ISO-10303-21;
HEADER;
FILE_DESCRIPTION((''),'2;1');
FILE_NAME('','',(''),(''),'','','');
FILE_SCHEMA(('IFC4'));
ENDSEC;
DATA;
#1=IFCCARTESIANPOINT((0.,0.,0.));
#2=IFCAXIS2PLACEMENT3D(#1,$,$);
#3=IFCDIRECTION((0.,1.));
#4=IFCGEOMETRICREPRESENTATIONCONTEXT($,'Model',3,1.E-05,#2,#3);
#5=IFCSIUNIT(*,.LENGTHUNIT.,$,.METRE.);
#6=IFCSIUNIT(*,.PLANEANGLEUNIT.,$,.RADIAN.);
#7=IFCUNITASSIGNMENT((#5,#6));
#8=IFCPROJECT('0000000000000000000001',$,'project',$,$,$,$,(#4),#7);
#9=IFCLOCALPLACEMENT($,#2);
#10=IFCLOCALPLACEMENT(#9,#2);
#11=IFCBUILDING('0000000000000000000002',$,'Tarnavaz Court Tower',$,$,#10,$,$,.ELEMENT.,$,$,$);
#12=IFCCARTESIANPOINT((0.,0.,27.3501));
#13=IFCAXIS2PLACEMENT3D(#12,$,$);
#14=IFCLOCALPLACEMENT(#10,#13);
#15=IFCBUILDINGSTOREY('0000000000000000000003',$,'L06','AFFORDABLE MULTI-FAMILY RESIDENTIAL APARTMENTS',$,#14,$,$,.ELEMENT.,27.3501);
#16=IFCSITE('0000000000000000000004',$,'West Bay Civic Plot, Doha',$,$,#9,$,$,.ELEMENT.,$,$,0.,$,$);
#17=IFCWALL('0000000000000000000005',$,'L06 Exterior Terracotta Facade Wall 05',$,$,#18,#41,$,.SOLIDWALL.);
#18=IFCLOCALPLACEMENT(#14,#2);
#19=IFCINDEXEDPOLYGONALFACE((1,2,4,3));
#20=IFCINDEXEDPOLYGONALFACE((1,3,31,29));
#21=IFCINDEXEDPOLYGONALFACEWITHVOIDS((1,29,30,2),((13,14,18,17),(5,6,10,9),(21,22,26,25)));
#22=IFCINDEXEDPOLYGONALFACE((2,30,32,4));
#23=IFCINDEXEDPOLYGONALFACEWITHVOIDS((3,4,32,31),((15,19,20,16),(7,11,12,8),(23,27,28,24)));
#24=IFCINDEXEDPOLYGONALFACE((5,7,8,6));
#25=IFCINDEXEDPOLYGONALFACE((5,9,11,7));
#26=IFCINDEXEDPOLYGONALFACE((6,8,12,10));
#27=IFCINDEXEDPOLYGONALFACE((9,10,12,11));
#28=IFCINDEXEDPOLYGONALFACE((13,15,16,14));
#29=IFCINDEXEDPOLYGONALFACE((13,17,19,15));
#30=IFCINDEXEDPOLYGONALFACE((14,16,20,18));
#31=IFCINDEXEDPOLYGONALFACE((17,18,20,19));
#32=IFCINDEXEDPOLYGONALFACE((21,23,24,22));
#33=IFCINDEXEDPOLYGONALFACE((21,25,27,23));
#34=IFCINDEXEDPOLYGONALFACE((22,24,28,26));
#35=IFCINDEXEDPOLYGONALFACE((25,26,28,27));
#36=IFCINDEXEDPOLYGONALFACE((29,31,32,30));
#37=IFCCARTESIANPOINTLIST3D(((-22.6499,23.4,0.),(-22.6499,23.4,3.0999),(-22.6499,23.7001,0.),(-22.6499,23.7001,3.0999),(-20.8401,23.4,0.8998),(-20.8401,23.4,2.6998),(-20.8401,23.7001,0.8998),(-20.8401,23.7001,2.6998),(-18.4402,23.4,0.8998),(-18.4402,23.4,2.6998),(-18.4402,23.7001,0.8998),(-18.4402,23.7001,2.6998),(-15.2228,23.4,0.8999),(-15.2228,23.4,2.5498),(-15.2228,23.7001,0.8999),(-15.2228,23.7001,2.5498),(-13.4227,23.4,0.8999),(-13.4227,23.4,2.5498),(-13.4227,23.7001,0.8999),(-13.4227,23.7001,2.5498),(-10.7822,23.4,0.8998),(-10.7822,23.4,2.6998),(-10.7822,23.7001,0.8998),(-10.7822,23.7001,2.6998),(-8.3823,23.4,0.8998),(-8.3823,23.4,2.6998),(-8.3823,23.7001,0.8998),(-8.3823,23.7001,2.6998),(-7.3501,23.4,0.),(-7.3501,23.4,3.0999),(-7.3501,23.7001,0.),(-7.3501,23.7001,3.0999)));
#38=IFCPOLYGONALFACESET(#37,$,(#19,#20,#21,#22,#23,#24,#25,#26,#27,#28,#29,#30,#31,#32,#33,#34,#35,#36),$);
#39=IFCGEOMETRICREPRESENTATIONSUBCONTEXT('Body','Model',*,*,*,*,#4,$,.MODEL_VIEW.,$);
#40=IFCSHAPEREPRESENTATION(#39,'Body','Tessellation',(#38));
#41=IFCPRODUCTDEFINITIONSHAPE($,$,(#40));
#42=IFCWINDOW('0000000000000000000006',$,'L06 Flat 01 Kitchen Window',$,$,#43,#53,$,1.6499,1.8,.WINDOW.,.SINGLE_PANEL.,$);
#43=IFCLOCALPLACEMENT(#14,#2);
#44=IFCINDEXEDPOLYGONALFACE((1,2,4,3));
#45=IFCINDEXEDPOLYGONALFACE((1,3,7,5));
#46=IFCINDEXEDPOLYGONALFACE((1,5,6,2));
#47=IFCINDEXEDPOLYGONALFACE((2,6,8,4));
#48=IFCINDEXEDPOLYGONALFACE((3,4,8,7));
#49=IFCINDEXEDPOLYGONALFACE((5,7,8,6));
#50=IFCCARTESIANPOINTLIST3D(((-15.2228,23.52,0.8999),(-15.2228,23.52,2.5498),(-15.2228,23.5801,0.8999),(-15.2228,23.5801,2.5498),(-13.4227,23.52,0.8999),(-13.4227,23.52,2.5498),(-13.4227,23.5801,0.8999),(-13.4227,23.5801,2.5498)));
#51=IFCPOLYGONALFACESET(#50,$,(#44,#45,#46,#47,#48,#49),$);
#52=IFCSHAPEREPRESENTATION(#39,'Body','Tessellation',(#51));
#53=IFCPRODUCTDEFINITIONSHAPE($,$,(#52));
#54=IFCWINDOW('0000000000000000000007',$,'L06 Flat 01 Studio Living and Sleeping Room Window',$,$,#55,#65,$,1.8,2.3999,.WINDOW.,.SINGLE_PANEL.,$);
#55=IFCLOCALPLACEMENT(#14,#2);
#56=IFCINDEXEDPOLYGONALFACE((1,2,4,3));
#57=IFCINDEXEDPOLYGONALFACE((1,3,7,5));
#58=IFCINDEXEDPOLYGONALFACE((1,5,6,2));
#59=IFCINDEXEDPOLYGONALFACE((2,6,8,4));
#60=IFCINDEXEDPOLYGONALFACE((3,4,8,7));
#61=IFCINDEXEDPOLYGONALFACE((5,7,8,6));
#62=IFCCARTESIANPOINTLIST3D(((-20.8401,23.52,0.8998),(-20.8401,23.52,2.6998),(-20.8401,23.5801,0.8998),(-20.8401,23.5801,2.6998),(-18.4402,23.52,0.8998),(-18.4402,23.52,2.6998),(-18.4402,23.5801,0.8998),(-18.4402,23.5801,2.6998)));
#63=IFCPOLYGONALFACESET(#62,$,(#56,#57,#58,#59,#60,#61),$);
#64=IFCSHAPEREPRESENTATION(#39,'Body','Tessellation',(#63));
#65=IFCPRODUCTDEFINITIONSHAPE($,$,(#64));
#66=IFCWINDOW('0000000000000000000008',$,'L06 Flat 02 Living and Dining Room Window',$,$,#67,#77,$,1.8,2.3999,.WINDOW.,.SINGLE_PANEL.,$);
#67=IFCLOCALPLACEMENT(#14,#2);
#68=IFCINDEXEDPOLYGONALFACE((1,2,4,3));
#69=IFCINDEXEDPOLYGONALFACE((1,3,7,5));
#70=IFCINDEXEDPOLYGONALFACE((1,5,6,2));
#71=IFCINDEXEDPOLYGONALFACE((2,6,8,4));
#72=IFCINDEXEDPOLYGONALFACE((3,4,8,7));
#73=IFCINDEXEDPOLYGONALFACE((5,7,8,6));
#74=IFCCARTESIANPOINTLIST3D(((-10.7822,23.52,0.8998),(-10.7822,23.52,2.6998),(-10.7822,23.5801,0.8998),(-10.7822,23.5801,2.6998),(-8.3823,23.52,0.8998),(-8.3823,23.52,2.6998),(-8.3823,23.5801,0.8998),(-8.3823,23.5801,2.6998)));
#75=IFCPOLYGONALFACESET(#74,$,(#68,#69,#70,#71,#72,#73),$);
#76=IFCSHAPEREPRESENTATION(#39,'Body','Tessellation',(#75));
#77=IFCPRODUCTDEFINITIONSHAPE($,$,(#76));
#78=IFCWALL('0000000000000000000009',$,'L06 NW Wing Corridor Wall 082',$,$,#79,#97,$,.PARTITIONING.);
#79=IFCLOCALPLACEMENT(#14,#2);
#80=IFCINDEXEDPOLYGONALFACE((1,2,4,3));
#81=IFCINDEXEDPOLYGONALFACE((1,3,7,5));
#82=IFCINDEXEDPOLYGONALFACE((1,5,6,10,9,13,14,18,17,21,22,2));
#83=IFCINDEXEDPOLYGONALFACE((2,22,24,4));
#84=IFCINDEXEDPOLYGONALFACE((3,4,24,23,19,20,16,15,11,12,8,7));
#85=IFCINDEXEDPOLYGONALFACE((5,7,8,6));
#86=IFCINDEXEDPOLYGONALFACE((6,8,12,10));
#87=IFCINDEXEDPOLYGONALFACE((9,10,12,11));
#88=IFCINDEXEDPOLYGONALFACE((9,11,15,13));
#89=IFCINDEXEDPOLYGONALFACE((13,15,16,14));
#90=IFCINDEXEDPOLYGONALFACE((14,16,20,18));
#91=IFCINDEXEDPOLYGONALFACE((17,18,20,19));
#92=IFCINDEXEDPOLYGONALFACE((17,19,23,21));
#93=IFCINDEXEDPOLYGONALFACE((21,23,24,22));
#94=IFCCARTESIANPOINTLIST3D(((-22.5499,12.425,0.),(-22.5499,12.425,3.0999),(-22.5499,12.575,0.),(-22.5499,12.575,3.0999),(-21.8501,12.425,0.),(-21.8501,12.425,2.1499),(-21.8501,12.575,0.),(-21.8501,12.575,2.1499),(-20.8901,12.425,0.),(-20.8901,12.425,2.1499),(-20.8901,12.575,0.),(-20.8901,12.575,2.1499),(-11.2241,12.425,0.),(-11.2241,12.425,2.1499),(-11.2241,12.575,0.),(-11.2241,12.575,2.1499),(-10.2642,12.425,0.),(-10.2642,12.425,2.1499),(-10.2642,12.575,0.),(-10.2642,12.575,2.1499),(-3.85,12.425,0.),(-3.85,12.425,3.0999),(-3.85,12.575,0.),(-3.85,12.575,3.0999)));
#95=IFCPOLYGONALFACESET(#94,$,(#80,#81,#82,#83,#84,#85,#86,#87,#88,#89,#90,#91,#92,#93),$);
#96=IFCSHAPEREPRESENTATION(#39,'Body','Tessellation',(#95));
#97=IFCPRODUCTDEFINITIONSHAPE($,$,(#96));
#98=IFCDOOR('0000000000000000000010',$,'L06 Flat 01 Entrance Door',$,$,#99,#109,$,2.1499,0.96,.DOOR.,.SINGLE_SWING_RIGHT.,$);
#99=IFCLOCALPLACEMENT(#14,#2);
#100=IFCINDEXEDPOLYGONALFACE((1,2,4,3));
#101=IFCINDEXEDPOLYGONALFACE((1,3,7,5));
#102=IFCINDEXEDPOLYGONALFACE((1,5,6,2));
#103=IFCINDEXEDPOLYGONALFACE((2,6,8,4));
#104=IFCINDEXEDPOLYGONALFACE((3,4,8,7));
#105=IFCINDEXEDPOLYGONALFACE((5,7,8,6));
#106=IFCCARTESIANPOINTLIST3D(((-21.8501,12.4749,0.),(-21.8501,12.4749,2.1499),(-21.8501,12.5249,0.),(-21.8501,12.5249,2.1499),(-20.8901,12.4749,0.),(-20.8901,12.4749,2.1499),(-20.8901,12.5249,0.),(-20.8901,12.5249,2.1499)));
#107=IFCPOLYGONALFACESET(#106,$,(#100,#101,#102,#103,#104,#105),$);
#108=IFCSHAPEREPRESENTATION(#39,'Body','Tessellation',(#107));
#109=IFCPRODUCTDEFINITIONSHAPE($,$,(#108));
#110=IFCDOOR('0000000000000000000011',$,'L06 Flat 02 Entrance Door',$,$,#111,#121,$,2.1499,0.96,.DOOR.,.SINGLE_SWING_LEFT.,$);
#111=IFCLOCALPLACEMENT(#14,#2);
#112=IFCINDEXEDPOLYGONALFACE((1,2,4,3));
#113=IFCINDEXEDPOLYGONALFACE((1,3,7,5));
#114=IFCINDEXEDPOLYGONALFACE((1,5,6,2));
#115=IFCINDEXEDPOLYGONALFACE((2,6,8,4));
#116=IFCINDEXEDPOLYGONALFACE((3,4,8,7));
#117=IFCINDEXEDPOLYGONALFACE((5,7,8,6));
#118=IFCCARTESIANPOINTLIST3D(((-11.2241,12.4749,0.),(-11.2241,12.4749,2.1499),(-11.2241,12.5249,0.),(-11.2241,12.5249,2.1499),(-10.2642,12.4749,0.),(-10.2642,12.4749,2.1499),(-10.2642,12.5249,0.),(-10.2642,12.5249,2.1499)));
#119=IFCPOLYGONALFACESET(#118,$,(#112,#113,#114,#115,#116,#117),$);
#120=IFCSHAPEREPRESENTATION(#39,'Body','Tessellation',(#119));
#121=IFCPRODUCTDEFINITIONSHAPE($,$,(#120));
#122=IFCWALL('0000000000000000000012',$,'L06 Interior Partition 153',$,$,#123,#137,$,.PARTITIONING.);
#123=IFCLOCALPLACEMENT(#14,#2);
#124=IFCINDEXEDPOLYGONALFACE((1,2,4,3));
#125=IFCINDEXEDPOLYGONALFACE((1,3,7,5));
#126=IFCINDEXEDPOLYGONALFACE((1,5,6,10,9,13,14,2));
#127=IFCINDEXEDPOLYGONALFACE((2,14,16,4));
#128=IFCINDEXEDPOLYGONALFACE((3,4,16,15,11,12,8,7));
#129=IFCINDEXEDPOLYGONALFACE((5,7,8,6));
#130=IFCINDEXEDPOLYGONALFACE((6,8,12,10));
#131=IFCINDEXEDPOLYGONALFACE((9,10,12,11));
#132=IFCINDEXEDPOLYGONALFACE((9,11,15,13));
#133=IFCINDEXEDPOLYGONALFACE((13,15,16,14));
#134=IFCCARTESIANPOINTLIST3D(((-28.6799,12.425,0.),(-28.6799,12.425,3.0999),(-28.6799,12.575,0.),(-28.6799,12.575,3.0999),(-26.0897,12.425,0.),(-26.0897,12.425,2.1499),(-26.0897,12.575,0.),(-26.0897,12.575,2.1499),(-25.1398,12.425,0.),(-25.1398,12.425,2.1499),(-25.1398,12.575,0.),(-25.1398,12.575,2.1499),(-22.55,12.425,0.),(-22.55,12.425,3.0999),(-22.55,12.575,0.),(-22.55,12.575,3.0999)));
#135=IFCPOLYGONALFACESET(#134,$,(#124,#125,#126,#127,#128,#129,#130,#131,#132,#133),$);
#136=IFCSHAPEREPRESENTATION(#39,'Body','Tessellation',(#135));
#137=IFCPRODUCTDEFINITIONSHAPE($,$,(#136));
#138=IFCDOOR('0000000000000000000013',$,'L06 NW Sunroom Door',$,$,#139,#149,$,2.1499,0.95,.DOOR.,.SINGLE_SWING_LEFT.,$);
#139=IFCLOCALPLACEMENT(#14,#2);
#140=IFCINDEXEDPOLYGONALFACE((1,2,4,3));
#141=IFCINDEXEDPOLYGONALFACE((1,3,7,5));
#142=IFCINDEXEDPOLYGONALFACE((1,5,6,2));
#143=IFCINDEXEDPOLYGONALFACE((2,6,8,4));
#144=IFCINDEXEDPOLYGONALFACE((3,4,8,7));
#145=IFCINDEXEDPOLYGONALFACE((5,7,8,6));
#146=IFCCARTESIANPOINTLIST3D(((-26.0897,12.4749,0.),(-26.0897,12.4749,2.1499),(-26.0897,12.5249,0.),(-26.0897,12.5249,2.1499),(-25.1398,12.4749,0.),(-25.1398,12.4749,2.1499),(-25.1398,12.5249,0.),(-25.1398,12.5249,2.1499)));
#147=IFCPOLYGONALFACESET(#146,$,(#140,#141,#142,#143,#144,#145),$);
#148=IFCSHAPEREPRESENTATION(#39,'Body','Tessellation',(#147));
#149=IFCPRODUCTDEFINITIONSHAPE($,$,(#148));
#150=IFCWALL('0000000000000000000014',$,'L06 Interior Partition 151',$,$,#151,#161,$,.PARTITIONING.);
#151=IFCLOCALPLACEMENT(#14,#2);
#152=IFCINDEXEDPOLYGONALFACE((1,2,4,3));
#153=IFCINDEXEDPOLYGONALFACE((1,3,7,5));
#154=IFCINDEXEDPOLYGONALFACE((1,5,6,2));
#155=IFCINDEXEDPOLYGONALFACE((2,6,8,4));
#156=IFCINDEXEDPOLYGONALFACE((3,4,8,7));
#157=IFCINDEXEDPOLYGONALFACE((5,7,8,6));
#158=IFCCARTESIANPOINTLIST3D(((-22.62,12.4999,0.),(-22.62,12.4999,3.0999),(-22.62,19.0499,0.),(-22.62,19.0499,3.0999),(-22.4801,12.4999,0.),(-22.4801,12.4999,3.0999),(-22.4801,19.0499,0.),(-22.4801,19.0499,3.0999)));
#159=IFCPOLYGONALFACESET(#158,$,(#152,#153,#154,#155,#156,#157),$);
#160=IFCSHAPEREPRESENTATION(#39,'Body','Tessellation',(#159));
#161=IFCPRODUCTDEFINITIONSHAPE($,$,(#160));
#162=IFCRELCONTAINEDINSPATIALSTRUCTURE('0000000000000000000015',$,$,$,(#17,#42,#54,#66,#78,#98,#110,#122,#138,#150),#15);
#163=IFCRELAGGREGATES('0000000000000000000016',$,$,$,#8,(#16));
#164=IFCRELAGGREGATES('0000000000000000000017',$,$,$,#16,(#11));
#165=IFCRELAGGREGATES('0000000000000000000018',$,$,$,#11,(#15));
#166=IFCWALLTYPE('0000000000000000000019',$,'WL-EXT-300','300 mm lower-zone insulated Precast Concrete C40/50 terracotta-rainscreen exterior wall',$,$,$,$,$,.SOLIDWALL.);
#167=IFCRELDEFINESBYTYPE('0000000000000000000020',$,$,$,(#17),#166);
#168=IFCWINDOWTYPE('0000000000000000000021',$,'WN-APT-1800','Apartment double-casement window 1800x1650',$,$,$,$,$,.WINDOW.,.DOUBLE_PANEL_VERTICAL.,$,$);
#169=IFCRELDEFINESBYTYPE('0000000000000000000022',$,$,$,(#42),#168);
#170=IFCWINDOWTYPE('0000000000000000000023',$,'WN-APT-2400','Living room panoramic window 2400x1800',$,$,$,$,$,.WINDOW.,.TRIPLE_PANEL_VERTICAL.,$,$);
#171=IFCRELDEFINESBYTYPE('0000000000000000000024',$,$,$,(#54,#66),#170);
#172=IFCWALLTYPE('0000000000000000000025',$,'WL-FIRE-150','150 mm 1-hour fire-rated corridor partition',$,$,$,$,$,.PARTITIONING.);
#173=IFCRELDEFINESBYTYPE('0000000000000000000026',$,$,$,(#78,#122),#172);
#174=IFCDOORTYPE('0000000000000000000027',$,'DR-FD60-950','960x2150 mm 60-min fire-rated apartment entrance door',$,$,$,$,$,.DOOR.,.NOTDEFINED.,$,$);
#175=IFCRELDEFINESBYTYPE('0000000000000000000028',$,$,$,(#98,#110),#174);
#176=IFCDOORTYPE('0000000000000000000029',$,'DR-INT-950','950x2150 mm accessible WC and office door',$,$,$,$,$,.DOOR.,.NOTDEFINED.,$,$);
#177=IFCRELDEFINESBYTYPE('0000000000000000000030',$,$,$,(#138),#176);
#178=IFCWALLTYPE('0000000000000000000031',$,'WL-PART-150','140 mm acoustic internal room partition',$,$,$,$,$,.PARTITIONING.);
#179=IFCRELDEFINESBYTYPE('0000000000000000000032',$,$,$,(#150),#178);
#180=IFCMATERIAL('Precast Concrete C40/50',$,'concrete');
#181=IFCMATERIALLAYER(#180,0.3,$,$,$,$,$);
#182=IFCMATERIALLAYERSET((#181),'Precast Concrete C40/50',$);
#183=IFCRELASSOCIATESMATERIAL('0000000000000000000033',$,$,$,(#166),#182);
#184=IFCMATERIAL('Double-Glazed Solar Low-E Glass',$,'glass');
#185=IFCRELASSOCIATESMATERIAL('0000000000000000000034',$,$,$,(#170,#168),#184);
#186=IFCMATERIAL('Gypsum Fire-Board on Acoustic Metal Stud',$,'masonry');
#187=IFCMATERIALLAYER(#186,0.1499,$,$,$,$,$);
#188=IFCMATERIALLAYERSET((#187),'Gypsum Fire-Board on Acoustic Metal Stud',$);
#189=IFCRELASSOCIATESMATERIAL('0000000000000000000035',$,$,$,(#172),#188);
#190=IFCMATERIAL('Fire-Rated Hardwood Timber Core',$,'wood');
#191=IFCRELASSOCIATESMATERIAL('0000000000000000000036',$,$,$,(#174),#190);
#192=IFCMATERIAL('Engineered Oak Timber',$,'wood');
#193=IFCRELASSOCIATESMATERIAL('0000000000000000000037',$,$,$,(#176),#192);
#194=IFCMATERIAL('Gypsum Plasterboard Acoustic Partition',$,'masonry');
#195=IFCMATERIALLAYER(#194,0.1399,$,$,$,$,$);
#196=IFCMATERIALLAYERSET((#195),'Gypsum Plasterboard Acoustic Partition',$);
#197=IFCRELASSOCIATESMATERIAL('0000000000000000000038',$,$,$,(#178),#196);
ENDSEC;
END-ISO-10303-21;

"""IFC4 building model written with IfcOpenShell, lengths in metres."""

from ifc_helpers import new_model, si_unit, direction, frame, frame_2d, origin, place, context, subcontext, project, spatial, rectangle, extrude, material, layer, layer_set, type_object, element, fill, save


model = new_model("IFC4")

# Units and contexts
model_context = context("Model", 3, precision=1e-05, world=origin(), true_north=direction((0.0, 1.0)))
body_context = subcontext(model_context, "Body", "Model", "MODEL_VIEW")
ifc_project = project(units=[si_unit("LENGTHUNIT", "METRE"), si_unit("PLANEANGLEUNIT", "RADIAN")], contexts=[model_context])

# Site, building, storey
site_placement = place(None, origin())
site = spatial("IfcSite", under=ifc_project, at=site_placement, Name="West Bay Civic Plot, Doha", CompositionType="ELEMENT", RefElevation=0.0)
building_placement = place(site_placement, origin())
building = spatial("IfcBuilding", under=site, at=building_placement, Name="Tarnavaz Court Tower", CompositionType="ELEMENT")
storey_placement = place(building_placement, frame((0.0, 0.0, 27.3501)))
storey = spatial("IfcBuildingStorey", under=building, at=storey_placement, Name="L06", Description="AFFORDABLE MULTI-FAMILY RESIDENTIAL APARTMENTS", CompositionType="ELEMENT", Elevation=27.3501)

# Shared definitions
ifc_material_1 = material(Name="Precast Concrete C40/50", Category="concrete")
ifc_layer_1 = layer(ifc_material_1, 0.3)
ifc_layer_set_1 = layer_set([ifc_layer_1], Name="Precast Concrete C40/50")
wall_type_1 = type_object("IfcWallType", Name="WL-EXT-300", Description="300 mm lower-zone insulated Precast Concrete C40/50 terracotta-rainscreen exterior wall", PredefinedType="SOLIDWALL", material=ifc_layer_set_1)
ifc_material_2 = material(Name="Double-Glazed Solar Low-E Glass", Category="glass")
window_type_1 = type_object("IfcWindowType", Name="WN-APT-2400", Description="Living room panoramic window 2400x1800", PartitioningType="TRIPLE_PANEL_VERTICAL", PredefinedType="WINDOW", material=ifc_material_2)

# Wall, openings, windows
wall_1_placement = place(storey_placement, frame((-22.6499, 23.55, 0.0), z_axis=(0.0, 0.0, 1.0), x_axis=(1.0, 0.0, 0.0)))
wall_1 = element("IfcWall", 1, at=wall_1_placement, inside=storey, type_object=wall_type_1, Name="L06 Exterior Terracotta Facade Wall 05", PredefinedType="SOLIDWALL", context=body_context, shape_type="SweptSolid", body=[
    extrude(rectangle(XDim=15.2998, YDim=0.3, at=frame_2d((7.6499, 0.0))), origin(), (0.0, 0.0, 1.0), 3.0999),
])
opening_1_placement = place(wall_1_placement, frame((1.8098, 0.0, 0.8999)))
opening_1 = element("IfcOpeningElement", 2, at=opening_1_placement, cuts=wall_1, PredefinedType="OPENING", context=body_context, shape_type="SweptSolid", body=[
    extrude(rectangle(XDim=2.3999, YDim=1.8, at=frame_2d((1.2, 0.8999))), frame((0.0, 0.1599, 0.0), z_axis=(0.0, -1.0, 0.0), x_axis=(1.0, 0.0, 0.0)), (0.0, 0.0, 1.0), 0.3201),
])
opening_2_placement = place(wall_1_placement, frame((7.4272, 0.0, 0.8999)))
opening_2 = element("IfcOpeningElement", 3, at=opening_2_placement, cuts=wall_1, PredefinedType="OPENING", context=body_context, shape_type="SweptSolid", body=[
    extrude(rectangle(XDim=1.8, YDim=1.6499, at=frame_2d((0.8999, 0.825))), frame((0.0, 0.1599, 0.0), z_axis=(0.0, -1.0, 0.0), x_axis=(1.0, 0.0, 0.0)), (0.0, 0.0, 1.0), 0.3201),
])
opening_3_placement = place(wall_1_placement, frame((11.8677, 0.0, 0.8999)))
opening_3 = element("IfcOpeningElement", 4, at=opening_3_placement, cuts=wall_1, PredefinedType="OPENING", context=body_context, shape_type="SweptSolid", body=[
    extrude(rectangle(XDim=2.3999, YDim=1.8, at=frame_2d((1.2, 0.8999))), frame((0.0, 0.1599, 0.0), z_axis=(0.0, -1.0, 0.0), x_axis=(1.0, 0.0, 0.0)), (0.0, 0.0, 1.0), 0.3201),
])
window_type_2 = type_object("IfcWindowType", Name="WN-APT-1800", Description="Apartment double-casement window 1800x1650", PartitioningType="DOUBLE_PANEL_VERTICAL", PredefinedType="WINDOW", material=ifc_material_2)
window_1_placement = place(opening_2_placement, origin())
window_1 = element("IfcWindow", 5, at=window_1_placement, inside=storey, type_object=window_type_2, Name="L06 Flat 01 Kitchen Window", OverallHeight=1.6499, OverallWidth=1.8, PartitioningType="SINGLE_PANEL", PredefinedType="WINDOW", context=body_context, shape_type="SweptSolid", body=[
    extrude(rectangle(XDim=1.8, YDim=1.6499, at=frame_2d((0.8999, 0.825))), frame((0.0, 0.03, 0.0), z_axis=(0.0, -1.0, 0.0), x_axis=(1.0, 0.0, 0.0)), (0.0, 0.0, 1.0), 0.0601),
])
fill(opening_2, window_1)
window_2_placement = place(opening_1_placement, origin())
window_2 = element("IfcWindow", 6, at=window_2_placement, inside=storey, type_object=window_type_1, Name="L06 Flat 01 Studio Living and Sleeping Room Window", OverallHeight=1.8, OverallWidth=2.3999, PartitioningType="SINGLE_PANEL", PredefinedType="WINDOW", context=body_context, shape_type="SweptSolid", body=[
    extrude(rectangle(XDim=2.3999, YDim=1.8, at=frame_2d((1.2, 0.8999))), frame((0.0, 0.03, 0.0), z_axis=(0.0, -1.0, 0.0), x_axis=(1.0, 0.0, 0.0)), (0.0, 0.0, 1.0), 0.0601),
])
fill(opening_1, window_2)
window_3_placement = place(opening_3_placement, origin())
window_3 = element("IfcWindow", 7, at=window_3_placement, inside=storey, type_object=window_type_1, Name="L06 Flat 02 Living and Dining Room Window", OverallHeight=1.8, OverallWidth=2.3999, PartitioningType="SINGLE_PANEL", PredefinedType="WINDOW", context=body_context, shape_type="SweptSolid", body=[
    extrude(rectangle(XDim=2.3999, YDim=1.8, at=frame_2d((1.2, 0.8999))), frame((0.0, 0.03, 0.0), z_axis=(0.0, -1.0, 0.0), x_axis=(1.0, 0.0, 0.0)), (0.0, 0.0, 1.0), 0.0601),
])
fill(opening_3, window_3)

# Wall, openings, doors
ifc_material_3 = material(Name="Gypsum Fire-Board on Acoustic Metal Stud", Category="masonry")
ifc_layer_2 = layer(ifc_material_3, 0.1499)
ifc_layer_set_2 = layer_set([ifc_layer_2], Name="Gypsum Fire-Board on Acoustic Metal Stud")
wall_type_2 = type_object("IfcWallType", Name="WL-FIRE-150", Description="150 mm 1-hour fire-rated corridor partition", PredefinedType="PARTITIONING", material=ifc_layer_set_2)
wall_2_placement = place(storey_placement, frame((-22.55, 12.5, 0.0), z_axis=(0.0, 0.0, 1.0), x_axis=(1.0, 0.0, 0.0)))
wall_2 = element("IfcWall", 8, at=wall_2_placement, inside=storey, type_object=wall_type_2, Name="L06 NW Wing Corridor Wall 082", PredefinedType="PARTITIONING", context=body_context, shape_type="SweptSolid", body=[
    extrude(rectangle(XDim=18.7, YDim=0.1499, at=frame_2d((9.3501, 0.0))), origin(), (0.0, 0.0, 1.0), 3.0999),
])
opening_4_placement = place(wall_2_placement, frame((0.7, 0.0, 0.0)))
opening_4 = element("IfcOpeningElement", 9, at=opening_4_placement, cuts=wall_2, PredefinedType="OPENING", context=body_context, shape_type="SweptSolid", body=[
    extrude(rectangle(XDim=0.96, YDim=2.1499, at=frame_2d((0.48, 1.075))), frame((0.0, 0.085, 0.0), z_axis=(0.0, -1.0, 0.0), x_axis=(1.0, 0.0, 0.0)), (0.0, 0.0, 1.0), 0.1699),
])
opening_5_placement = place(wall_2_placement, frame((11.3259, 0.0, 0.0)))
opening_5 = element("IfcOpeningElement", 10, at=opening_5_placement, cuts=wall_2, PredefinedType="OPENING", context=body_context, shape_type="SweptSolid", body=[
    extrude(rectangle(XDim=0.96, YDim=2.1499, at=frame_2d((0.48, 1.075))), frame((0.0, 0.085, 0.0), z_axis=(0.0, -1.0, 0.0), x_axis=(1.0, 0.0, 0.0)), (0.0, 0.0, 1.0), 0.1699),
])
ifc_material_4 = material(Name="Fire-Rated Hardwood Timber Core", Category="wood")
door_type_1 = type_object("IfcDoorType", Name="DR-FD60-950", Description="960x2150 mm 60-min fire-rated apartment entrance door", OperationType="NOTDEFINED", PredefinedType="DOOR", material=ifc_material_4)
door_1_placement = place(opening_4_placement, origin())
door_1 = element("IfcDoor", 11, at=door_1_placement, inside=storey, type_object=door_type_1, Name="L06 Flat 01 Entrance Door", OperationType="SINGLE_SWING_RIGHT", OverallHeight=2.1499, OverallWidth=0.96, PredefinedType="DOOR", context=body_context, shape_type="SweptSolid", body=[
    extrude(rectangle(XDim=0.96, YDim=2.1499, at=frame_2d((0.48, 1.075))), frame((0.0, 0.0249, 0.0), z_axis=(0.0, -1.0, 0.0), x_axis=(1.0, 0.0, 0.0)), (0.0, 0.0, 1.0), 0.05),
])
fill(opening_4, door_1)
door_2_placement = place(opening_5_placement, origin())
door_2 = element("IfcDoor", 12, at=door_2_placement, inside=storey, type_object=door_type_1, Name="L06 Flat 02 Entrance Door", OperationType="SINGLE_SWING_LEFT", OverallHeight=2.1499, OverallWidth=0.96, PredefinedType="DOOR", context=body_context, shape_type="SweptSolid", body=[
    extrude(rectangle(XDim=0.96, YDim=2.1499, at=frame_2d((0.48, 1.075))), frame((0.0, 0.0249, 0.0), z_axis=(0.0, -1.0, 0.0), x_axis=(1.0, 0.0, 0.0)), (0.0, 0.0, 1.0), 0.05),
])
fill(opening_5, door_2)

# Wall, opening, door
wall_3_placement = place(storey_placement, frame((-28.6799, 12.5, 0.0), z_axis=(0.0, 0.0, 1.0), x_axis=(1.0, 0.0, 0.0)))
wall_3 = element("IfcWall", 13, at=wall_3_placement, inside=storey, type_object=wall_type_2, Name="L06 Interior Partition 153", PredefinedType="PARTITIONING", context=body_context, shape_type="SweptSolid", body=[
    extrude(rectangle(XDim=6.1299, YDim=0.1499, at=frame_2d((3.0649, 0.0))), origin(), (0.0, 0.0, 1.0), 3.0999),
])
opening_6_placement = place(wall_3_placement, frame((2.5901, 0.0, 0.0)))
opening_6 = element("IfcOpeningElement", 14, at=opening_6_placement, cuts=wall_3, PredefinedType="OPENING", context=body_context, shape_type="SweptSolid", body=[
    extrude(rectangle(XDim=0.95, YDim=2.1499, at=frame_2d((0.4751, 1.075))), frame((0.0, 0.085, 0.0), z_axis=(0.0, -1.0, 0.0), x_axis=(1.0, 0.0, 0.0)), (0.0, 0.0, 1.0), 0.1699),
])
ifc_material_5 = material(Name="Engineered Oak Timber", Category="wood")
door_type_2 = type_object("IfcDoorType", Name="DR-INT-950", Description="950x2150 mm accessible WC and office door", OperationType="NOTDEFINED", PredefinedType="DOOR", material=ifc_material_5)
door_3_placement = place(opening_6_placement, origin())
door_3 = element("IfcDoor", 15, at=door_3_placement, inside=storey, type_object=door_type_2, Name="L06 NW Sunroom Door", OperationType="SINGLE_SWING_LEFT", OverallHeight=2.1499, OverallWidth=0.95, PredefinedType="DOOR", context=body_context, shape_type="SweptSolid", body=[
    extrude(rectangle(XDim=0.95, YDim=2.1499, at=frame_2d((0.4751, 1.075))), frame((0.0, 0.0249, 0.0), z_axis=(0.0, -1.0, 0.0), x_axis=(1.0, 0.0, 0.0)), (0.0, 0.0, 1.0), 0.05),
])
fill(opening_6, door_3)

# Wall
ifc_material_6 = material(Name="Gypsum Plasterboard Acoustic Partition", Category="masonry")
ifc_layer_3 = layer(ifc_material_6, 0.1399)
ifc_layer_set_3 = layer_set([ifc_layer_3], Name="Gypsum Plasterboard Acoustic Partition")
wall_type_3 = type_object("IfcWallType", Name="WL-PART-150", Description="140 mm acoustic internal room partition", PredefinedType="PARTITIONING", material=ifc_layer_set_3)
wall_4_placement = place(storey_placement, frame((-22.55, 12.5, 0.0), z_axis=(0.0, 0.0, 1.0), x_axis=(0.0, 1.0, 0.0)))
element("IfcWall", 16, at=wall_4_placement, inside=storey, type_object=wall_type_3, Name="L06 Interior Partition 151", PredefinedType="PARTITIONING", context=body_context, shape_type="SweptSolid", body=[
    extrude(rectangle(XDim=6.55, YDim=0.1399, at=frame_2d((3.2749, 0.0))), origin(), (0.0, 0.0, 1.0), 3.0999),
])

save(model, "model.ifc")
